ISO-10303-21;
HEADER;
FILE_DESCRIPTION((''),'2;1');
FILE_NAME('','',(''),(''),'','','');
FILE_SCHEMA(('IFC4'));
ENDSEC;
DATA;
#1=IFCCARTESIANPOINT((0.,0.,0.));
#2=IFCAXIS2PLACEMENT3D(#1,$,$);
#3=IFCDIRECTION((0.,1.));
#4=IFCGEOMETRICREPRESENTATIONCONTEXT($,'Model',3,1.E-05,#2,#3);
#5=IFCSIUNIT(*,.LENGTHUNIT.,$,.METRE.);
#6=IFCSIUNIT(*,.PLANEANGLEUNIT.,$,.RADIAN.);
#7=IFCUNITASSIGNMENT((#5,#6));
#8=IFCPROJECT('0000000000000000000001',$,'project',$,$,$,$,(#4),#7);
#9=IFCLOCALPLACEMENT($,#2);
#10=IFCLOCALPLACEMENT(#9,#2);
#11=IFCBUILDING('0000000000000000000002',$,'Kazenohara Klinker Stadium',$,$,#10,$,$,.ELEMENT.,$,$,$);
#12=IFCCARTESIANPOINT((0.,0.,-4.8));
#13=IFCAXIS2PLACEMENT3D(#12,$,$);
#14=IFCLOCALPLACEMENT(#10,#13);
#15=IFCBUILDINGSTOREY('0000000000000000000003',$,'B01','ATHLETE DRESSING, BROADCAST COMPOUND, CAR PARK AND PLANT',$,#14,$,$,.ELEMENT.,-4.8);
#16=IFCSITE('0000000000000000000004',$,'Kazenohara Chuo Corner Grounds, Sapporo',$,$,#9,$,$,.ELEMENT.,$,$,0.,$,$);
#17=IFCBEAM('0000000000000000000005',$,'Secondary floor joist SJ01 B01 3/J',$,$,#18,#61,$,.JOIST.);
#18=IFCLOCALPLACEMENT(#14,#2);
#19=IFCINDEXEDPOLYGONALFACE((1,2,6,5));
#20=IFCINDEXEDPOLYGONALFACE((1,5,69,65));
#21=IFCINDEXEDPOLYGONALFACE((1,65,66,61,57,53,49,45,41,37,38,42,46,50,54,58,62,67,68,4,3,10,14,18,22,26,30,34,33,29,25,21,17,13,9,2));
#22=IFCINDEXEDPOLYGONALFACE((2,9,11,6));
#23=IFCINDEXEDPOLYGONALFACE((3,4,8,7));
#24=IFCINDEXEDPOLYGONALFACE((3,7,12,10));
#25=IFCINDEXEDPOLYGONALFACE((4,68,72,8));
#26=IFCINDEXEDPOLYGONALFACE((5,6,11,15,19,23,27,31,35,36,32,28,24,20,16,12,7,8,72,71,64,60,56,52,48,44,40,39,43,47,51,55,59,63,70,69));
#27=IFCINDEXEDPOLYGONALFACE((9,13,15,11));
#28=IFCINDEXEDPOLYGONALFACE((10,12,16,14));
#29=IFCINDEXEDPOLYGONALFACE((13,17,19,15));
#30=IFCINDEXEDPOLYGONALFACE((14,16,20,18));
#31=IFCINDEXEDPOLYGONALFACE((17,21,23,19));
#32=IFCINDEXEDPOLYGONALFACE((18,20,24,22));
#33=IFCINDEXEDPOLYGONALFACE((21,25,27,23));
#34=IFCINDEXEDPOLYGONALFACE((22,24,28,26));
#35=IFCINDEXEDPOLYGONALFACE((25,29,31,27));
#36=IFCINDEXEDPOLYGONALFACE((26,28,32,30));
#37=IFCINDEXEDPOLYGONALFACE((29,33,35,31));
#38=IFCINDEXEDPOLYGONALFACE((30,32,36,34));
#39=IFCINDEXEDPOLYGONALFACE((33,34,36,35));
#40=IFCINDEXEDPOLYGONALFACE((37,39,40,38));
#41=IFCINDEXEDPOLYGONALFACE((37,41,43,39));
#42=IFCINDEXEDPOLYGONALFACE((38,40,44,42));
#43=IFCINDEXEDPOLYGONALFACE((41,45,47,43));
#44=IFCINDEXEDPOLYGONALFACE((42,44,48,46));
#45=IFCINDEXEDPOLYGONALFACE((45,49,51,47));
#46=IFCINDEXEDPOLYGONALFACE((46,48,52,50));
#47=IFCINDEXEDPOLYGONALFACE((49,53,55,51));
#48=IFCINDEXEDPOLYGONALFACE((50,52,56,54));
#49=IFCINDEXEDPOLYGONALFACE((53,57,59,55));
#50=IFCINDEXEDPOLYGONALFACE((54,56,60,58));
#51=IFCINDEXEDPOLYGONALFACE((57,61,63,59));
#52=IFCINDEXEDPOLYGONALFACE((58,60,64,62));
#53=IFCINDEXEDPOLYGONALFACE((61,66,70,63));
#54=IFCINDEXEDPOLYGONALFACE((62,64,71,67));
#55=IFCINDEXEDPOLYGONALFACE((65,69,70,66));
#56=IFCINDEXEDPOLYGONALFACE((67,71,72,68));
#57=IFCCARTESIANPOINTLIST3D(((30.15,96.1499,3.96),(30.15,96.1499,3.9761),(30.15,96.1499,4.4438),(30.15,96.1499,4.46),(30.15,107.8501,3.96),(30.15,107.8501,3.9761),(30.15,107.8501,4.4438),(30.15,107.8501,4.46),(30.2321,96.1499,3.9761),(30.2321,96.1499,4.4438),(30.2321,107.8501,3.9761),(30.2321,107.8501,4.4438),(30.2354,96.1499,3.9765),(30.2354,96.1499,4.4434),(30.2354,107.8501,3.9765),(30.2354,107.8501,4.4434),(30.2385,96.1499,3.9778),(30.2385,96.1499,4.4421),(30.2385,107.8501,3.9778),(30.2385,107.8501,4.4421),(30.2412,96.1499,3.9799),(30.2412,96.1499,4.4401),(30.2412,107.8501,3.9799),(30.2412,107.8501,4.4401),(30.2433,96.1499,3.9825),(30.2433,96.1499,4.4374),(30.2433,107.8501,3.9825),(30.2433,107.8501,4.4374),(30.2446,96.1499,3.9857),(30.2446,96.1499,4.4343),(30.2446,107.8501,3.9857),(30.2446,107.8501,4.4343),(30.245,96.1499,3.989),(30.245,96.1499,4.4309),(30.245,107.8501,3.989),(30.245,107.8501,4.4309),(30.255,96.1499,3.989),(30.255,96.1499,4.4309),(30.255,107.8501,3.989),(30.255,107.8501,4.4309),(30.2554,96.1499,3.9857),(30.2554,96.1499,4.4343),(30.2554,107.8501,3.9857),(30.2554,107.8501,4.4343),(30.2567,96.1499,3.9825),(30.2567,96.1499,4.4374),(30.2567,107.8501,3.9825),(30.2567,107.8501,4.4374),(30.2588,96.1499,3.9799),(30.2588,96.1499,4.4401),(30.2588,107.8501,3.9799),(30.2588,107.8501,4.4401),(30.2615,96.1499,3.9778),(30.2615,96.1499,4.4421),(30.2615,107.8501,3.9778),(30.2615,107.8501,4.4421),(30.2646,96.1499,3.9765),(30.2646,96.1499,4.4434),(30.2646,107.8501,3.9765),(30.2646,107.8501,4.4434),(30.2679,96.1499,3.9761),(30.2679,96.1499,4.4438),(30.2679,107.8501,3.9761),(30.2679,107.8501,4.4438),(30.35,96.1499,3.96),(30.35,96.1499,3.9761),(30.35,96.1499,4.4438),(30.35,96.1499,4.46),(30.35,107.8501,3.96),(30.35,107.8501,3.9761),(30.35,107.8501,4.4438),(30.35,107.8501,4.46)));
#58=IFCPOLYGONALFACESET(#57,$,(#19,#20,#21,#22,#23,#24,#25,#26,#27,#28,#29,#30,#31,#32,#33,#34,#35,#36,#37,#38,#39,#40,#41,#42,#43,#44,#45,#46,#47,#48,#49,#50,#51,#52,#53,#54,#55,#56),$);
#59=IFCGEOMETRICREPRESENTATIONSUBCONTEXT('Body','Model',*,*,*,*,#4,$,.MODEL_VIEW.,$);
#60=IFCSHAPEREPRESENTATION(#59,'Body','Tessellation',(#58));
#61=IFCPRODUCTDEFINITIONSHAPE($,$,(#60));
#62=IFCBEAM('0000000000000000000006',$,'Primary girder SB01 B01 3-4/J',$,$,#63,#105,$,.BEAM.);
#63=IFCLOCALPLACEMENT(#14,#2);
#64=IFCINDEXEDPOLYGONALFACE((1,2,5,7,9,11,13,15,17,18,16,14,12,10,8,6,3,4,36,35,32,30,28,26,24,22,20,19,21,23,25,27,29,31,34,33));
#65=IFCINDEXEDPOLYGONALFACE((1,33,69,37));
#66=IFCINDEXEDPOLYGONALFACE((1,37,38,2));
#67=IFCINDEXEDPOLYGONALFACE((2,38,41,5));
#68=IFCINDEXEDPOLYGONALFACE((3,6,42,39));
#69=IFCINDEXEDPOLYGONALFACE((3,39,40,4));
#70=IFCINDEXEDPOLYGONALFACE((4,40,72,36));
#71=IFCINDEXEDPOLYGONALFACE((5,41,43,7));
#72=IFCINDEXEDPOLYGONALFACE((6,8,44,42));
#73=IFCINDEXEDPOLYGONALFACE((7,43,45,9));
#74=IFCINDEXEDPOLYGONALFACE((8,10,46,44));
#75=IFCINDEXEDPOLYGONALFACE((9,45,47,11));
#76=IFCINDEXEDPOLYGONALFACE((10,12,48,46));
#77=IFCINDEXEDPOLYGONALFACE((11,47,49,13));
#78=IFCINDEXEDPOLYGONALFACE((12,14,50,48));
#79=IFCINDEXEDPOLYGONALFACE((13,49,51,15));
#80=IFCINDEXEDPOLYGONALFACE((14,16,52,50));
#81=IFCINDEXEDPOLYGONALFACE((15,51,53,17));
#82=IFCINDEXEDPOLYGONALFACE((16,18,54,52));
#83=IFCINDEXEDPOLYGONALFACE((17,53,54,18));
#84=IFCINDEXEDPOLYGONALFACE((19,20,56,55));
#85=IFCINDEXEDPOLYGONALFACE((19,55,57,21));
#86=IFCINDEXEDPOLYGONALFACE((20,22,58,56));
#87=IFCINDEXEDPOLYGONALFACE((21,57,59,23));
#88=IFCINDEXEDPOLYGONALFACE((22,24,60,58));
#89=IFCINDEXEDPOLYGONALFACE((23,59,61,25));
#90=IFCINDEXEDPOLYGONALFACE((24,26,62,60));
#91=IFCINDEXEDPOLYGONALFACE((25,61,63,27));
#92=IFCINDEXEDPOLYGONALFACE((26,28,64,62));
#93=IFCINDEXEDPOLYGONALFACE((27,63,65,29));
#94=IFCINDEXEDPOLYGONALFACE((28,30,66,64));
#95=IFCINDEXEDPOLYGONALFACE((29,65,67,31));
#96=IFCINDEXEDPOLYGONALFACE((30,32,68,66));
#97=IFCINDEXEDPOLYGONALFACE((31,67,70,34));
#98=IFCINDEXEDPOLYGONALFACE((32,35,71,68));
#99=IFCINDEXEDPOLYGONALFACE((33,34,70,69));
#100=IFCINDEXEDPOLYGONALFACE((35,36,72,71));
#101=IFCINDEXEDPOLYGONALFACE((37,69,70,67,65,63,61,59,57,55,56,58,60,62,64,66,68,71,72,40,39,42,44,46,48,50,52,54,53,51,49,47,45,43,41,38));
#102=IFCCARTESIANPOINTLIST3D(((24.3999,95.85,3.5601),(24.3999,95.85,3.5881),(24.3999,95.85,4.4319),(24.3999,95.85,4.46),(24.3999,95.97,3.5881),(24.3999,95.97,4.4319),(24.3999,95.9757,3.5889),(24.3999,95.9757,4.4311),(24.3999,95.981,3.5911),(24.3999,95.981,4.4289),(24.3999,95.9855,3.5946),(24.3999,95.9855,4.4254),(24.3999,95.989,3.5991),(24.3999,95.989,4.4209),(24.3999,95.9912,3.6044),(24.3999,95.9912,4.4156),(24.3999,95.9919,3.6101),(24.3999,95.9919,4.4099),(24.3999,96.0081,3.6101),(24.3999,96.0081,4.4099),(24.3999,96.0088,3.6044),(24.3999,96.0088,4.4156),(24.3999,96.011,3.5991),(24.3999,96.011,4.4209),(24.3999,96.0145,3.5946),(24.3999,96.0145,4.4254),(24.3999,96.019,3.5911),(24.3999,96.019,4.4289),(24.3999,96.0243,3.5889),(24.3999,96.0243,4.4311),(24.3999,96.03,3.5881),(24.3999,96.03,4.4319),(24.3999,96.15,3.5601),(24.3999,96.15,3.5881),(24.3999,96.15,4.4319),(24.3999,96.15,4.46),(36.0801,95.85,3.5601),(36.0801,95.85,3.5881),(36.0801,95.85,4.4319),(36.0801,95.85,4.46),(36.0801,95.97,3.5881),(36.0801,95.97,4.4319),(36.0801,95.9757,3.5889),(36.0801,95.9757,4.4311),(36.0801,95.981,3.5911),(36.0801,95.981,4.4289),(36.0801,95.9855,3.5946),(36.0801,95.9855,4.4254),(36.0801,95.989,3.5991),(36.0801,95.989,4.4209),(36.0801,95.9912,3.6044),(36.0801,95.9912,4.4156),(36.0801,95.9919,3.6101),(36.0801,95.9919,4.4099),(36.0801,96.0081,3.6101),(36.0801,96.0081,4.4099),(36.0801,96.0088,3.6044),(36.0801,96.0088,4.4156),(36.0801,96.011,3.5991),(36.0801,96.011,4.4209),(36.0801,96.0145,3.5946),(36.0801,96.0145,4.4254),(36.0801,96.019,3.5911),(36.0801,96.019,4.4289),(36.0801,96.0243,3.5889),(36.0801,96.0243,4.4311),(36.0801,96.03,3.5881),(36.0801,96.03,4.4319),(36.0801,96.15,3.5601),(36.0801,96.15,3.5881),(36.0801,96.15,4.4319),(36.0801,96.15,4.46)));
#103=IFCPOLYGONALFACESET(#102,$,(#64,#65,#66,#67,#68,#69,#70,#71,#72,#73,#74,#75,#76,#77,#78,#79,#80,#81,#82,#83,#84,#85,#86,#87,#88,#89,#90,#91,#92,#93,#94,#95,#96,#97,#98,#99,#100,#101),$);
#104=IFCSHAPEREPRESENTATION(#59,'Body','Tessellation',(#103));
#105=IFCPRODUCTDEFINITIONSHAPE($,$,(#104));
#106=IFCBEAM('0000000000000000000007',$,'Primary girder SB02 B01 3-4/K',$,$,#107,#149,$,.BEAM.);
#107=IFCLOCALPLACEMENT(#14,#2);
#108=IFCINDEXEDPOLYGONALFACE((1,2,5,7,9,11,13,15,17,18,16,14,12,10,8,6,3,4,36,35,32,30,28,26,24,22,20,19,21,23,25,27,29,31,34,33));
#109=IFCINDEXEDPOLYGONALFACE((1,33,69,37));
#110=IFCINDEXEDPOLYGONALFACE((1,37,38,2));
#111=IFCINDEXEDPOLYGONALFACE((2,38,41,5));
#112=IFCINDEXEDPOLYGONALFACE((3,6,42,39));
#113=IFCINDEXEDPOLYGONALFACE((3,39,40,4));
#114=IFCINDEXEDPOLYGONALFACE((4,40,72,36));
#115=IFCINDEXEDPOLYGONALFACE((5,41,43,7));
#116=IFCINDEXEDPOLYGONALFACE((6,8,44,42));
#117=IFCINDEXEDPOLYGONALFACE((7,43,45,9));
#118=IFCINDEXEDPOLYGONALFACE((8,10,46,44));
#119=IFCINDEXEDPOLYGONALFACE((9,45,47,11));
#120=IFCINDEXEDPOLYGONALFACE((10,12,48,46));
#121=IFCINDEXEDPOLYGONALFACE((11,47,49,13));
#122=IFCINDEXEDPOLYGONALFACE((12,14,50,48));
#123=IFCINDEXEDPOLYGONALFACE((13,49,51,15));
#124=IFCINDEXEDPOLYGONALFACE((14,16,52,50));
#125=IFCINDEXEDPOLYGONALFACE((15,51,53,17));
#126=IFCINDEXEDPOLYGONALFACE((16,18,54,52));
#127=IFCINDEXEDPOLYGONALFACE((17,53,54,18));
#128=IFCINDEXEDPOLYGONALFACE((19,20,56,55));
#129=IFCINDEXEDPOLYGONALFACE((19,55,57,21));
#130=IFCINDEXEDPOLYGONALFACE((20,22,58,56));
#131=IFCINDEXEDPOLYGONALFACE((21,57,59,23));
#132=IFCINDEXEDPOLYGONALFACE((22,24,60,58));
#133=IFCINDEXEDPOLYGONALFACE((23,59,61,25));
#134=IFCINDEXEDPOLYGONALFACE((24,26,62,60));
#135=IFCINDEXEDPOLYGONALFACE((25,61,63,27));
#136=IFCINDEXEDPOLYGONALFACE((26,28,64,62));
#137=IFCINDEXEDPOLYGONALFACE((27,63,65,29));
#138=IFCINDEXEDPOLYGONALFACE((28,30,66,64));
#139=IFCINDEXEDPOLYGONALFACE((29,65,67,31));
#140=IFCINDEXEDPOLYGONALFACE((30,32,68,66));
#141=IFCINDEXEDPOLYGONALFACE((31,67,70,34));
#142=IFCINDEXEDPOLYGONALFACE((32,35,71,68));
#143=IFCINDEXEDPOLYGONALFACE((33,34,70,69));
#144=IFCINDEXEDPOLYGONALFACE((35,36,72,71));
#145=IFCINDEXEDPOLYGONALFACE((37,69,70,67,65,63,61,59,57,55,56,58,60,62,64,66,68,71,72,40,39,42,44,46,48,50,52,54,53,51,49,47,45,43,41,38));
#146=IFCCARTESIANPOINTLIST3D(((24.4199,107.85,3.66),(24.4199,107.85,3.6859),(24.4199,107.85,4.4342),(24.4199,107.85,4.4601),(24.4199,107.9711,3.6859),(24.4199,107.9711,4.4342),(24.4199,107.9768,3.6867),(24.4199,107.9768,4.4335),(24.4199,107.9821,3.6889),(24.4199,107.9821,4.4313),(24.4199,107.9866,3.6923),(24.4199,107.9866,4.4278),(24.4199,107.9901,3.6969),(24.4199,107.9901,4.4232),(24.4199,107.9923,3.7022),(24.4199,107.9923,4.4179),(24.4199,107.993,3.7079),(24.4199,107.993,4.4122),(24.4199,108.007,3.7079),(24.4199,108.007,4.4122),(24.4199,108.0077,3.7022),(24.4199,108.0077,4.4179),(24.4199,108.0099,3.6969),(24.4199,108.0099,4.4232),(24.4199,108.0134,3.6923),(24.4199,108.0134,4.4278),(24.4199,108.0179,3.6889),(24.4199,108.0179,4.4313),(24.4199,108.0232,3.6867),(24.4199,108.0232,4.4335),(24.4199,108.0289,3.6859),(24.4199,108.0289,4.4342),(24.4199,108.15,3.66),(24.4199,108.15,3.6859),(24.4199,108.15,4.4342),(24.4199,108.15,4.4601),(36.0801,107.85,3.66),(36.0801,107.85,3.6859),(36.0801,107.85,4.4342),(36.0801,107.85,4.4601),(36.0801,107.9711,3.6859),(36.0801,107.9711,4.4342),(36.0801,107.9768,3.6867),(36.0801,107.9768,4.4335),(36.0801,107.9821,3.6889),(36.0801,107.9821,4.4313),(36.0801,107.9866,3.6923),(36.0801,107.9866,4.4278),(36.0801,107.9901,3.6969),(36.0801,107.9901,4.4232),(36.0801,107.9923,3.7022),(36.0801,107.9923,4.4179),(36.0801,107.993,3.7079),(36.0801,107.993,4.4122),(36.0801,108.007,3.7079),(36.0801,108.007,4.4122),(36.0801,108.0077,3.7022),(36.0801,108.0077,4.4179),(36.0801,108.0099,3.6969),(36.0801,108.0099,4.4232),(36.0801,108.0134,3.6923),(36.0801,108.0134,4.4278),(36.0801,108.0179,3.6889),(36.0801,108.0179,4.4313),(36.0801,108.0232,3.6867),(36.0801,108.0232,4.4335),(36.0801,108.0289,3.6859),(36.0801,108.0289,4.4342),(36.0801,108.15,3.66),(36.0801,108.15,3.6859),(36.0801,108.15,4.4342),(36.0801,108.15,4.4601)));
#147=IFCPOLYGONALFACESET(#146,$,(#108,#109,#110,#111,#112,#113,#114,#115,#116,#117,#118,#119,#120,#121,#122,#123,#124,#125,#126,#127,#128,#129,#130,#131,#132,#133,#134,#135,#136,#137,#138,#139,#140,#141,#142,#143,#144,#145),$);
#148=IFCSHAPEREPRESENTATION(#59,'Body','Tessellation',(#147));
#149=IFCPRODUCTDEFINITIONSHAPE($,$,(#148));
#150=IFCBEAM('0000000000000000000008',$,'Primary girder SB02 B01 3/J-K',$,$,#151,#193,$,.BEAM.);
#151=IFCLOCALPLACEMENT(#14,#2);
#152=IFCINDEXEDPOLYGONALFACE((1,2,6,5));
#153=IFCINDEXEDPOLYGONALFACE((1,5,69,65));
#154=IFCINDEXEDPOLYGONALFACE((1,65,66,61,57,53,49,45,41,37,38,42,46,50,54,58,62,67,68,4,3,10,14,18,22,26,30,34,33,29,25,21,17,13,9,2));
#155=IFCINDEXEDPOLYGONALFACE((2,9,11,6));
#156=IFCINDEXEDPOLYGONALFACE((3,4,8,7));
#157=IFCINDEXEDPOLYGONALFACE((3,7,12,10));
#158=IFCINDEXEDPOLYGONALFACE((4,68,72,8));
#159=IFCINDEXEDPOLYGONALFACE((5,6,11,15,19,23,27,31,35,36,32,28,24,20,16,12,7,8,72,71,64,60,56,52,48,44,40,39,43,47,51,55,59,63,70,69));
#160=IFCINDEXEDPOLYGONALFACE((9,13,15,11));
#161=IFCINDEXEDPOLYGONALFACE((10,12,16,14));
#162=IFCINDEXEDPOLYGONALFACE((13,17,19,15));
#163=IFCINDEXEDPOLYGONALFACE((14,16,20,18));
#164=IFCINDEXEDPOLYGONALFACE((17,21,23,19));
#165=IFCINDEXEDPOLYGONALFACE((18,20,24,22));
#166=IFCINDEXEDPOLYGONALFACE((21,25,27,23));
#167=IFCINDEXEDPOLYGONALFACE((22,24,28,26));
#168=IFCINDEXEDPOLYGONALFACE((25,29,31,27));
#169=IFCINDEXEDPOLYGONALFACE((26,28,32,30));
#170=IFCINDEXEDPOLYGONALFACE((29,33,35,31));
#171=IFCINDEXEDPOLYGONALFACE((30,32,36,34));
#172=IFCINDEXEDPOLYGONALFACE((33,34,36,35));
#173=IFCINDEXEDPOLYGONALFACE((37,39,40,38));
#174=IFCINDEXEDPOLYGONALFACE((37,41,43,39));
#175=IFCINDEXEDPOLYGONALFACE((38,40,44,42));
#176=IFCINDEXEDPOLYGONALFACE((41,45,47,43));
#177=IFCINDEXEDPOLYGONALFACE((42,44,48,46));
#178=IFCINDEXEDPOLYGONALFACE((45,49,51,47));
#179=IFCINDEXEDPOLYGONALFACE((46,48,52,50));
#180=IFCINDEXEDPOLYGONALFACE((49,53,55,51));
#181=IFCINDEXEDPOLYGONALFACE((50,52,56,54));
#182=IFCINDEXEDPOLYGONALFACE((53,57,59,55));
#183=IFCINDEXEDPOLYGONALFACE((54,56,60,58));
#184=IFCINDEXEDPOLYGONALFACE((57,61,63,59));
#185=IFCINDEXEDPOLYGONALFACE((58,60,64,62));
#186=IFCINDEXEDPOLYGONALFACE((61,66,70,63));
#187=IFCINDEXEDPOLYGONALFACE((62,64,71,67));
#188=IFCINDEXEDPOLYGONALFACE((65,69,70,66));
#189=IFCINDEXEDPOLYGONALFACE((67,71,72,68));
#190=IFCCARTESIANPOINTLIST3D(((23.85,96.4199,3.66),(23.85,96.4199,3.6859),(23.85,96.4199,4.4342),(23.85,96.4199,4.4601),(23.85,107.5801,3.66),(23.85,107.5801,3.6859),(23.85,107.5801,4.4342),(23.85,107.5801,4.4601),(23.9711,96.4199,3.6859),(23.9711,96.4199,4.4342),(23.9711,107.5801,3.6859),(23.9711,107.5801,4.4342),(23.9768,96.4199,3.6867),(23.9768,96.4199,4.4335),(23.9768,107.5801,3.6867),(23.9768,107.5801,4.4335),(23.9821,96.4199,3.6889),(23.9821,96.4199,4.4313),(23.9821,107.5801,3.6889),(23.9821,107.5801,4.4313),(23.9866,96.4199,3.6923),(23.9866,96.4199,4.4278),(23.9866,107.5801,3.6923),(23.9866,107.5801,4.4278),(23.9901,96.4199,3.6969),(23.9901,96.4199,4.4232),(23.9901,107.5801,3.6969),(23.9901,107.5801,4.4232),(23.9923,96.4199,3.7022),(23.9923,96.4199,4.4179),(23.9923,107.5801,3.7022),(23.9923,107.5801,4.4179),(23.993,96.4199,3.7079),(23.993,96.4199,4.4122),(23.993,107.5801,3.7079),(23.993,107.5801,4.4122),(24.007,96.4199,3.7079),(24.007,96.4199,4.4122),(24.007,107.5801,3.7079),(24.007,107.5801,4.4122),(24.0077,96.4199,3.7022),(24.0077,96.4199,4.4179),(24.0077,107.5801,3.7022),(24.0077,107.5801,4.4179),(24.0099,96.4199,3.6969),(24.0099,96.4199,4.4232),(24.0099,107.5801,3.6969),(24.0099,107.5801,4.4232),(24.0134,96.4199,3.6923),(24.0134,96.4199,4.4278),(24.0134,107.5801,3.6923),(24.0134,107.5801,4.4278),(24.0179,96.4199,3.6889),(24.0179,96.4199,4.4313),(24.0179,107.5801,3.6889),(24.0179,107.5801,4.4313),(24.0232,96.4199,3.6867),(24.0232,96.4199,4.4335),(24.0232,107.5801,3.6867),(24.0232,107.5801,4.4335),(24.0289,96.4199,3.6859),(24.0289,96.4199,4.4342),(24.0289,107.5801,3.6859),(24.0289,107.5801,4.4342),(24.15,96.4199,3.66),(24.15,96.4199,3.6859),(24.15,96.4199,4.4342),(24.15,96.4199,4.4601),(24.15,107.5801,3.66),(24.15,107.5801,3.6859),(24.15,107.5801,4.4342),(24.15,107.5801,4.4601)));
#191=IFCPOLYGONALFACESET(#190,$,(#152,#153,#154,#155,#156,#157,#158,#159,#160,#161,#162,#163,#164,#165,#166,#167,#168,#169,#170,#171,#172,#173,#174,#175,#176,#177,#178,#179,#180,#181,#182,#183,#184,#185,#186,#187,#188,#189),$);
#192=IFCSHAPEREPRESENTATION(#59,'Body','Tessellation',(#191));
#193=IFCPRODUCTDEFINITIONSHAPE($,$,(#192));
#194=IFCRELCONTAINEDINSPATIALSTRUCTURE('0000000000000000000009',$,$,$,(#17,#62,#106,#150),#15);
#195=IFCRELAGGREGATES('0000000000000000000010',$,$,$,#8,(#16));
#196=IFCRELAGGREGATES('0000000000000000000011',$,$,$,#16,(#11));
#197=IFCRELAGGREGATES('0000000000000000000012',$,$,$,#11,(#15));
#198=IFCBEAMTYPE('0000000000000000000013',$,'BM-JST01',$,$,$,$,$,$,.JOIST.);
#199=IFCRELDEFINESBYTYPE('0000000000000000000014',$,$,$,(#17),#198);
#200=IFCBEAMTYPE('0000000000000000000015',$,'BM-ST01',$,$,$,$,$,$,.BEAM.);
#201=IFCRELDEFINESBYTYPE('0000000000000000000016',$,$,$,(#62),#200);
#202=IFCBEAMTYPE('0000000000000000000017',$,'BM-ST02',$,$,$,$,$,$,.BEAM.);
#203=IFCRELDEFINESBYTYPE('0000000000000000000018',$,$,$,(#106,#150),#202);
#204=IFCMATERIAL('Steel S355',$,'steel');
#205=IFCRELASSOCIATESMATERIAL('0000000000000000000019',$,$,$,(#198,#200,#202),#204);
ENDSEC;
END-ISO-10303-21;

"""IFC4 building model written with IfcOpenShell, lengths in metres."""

from ifc_helpers import new_model, si_unit, direction, frame, origin, origin_2d, place, context, subcontext, project, spatial, i_section, extrude, material, material_profile, profile_set, type_object, element, save


model = new_model("IFC4")

# Units and contexts
model_context = context("Model", 3, precision=1e-05, world=origin(), true_north=direction((0.0, 1.0)))
body_context = subcontext(model_context, "Body", "Model", "MODEL_VIEW")
ifc_project = project(units=[si_unit("LENGTHUNIT", "METRE"), si_unit("PLANEANGLEUNIT", "RADIAN")], contexts=[model_context])

# Site, building, storey
site_placement = place(None, origin())
site = spatial("IfcSite", under=ifc_project, at=site_placement, Name="Kazenohara Chuo Corner Grounds, Sapporo", CompositionType="ELEMENT", RefElevation=0.0)
building_placement = place(site_placement, origin())
building = spatial("IfcBuilding", under=site, at=building_placement, Name="Kazenohara Klinker Stadium", CompositionType="ELEMENT")
storey_placement = place(building_placement, frame((0.0, 0.0, -4.8)))
storey = spatial("IfcBuildingStorey", under=building, at=storey_placement, Name="B01", Description="ATHLETE DRESSING, BROADCAST COMPOUND, CAR PARK AND PLANT", CompositionType="ELEMENT", Elevation=-4.8)

# Beams
ifc_material_1 = material(Name="Steel S355", Category="steel")
ifc_material_profile_1 = material_profile(ifc_material_1, i_section(OverallWidth=0.2, OverallDepth=0.5, WebThickness=0.01, FlangeThickness=0.0161, FilletRadius=0.0129, at=origin_2d()), Name="H-500x200x10x16")
ifc_profile_set_1 = profile_set([ifc_material_profile_1], Name="Steel S355")
beam_type_1 = type_object("IfcBeamType", Name="BM-JST01", PredefinedType="JOIST", material=ifc_profile_set_1)
beam_1_placement = place(storey_placement, frame((30.25, 96.1499, 4.21), z_axis=(0.0, 1.0, 0.0), x_axis=(-1.0, 0.0, 0.0)))
element("IfcBeam", 1, at=beam_1_placement, inside=storey, type_object=beam_type_1, Name="Secondary floor joist SJ01 B01 3/J", PredefinedType="JOIST", context=body_context, shape_type="SweptSolid", body=[
    extrude(i_section(OverallWidth=0.2, OverallDepth=0.5, WebThickness=0.01, FlangeThickness=0.0161, FilletRadius=0.0129, at=origin_2d()), origin(), (0.0, 0.0, 1.0), 11.7002),
])
ifc_material_profile_2 = material_profile(ifc_material_1, i_section(OverallWidth=0.3, OverallDepth=0.8999, WebThickness=0.0161, FlangeThickness=0.0281, FilletRadius=0.022, at=origin_2d()), Name="H-900x300x16x28")
ifc_profile_set_2 = profile_set([ifc_material_profile_2], Name="Steel S355")
beam_type_2 = type_object("IfcBeamType", Name="BM-ST01", PredefinedType="BEAM", material=ifc_profile_set_2)
beam_2_placement = place(storey_placement, frame((24.3999, 96.0, 4.01), z_axis=(1.0, 0.0, 0.0), x_axis=(0.0, 1.0, 0.0)))
element("IfcBeam", 2, at=beam_2_placement, inside=storey, type_object=beam_type_2, Name="Primary girder SB01 B01 3-4/J", PredefinedType="BEAM", context=body_context, shape_type="SweptSolid", body=[
    extrude(i_section(OverallWidth=0.3, OverallDepth=0.8999, WebThickness=0.0161, FlangeThickness=0.0281, FilletRadius=0.022, at=origin_2d()), origin(), (0.0, 0.0, 1.0), 11.6802),
])
ifc_material_profile_3 = material_profile(ifc_material_1, i_section(OverallWidth=0.3, OverallDepth=0.8, WebThickness=0.0139, FlangeThickness=0.0259, FilletRadius=0.022, at=origin_2d()), Name="H-800x300x14x26")
ifc_profile_set_3 = profile_set([ifc_material_profile_3], Name="Steel S355")
beam_type_3 = type_object("IfcBeamType", Name="BM-ST02", PredefinedType="BEAM", material=ifc_profile_set_3)
beam_3_placement = place(storey_placement, frame((24.4199, 108.0, 4.0601), z_axis=(1.0, 0.0, 0.0), x_axis=(0.0, 1.0, 0.0)))
element("IfcBeam", 3, at=beam_3_placement, inside=storey, type_object=beam_type_3, Name="Primary girder SB02 B01 3-4/K", PredefinedType="BEAM", context=body_context, shape_type="SweptSolid", body=[
    extrude(i_section(OverallWidth=0.3, OverallDepth=0.8, WebThickness=0.0139, FlangeThickness=0.0259, FilletRadius=0.022, at=origin_2d()), origin(), (0.0, 0.0, 1.0), 11.6602),
])
beam_4_placement = place(storey_placement, frame((24.0, 96.4199, 4.0601), z_axis=(0.0, 1.0, 0.0), x_axis=(-1.0, 0.0, 0.0)))
element("IfcBeam", 4, at=beam_4_placement, inside=storey, type_object=beam_type_3, Name="Primary girder SB02 B01 3/J-K", PredefinedType="BEAM", context=body_context, shape_type="SweptSolid", body=[
    extrude(i_section(OverallWidth=0.3, OverallDepth=0.8, WebThickness=0.0139, FlangeThickness=0.0259, FilletRadius=0.022, at=origin_2d()), origin(), (0.0, 0.0, 1.0), 11.1602),
])

save(model, "model.ifc")
